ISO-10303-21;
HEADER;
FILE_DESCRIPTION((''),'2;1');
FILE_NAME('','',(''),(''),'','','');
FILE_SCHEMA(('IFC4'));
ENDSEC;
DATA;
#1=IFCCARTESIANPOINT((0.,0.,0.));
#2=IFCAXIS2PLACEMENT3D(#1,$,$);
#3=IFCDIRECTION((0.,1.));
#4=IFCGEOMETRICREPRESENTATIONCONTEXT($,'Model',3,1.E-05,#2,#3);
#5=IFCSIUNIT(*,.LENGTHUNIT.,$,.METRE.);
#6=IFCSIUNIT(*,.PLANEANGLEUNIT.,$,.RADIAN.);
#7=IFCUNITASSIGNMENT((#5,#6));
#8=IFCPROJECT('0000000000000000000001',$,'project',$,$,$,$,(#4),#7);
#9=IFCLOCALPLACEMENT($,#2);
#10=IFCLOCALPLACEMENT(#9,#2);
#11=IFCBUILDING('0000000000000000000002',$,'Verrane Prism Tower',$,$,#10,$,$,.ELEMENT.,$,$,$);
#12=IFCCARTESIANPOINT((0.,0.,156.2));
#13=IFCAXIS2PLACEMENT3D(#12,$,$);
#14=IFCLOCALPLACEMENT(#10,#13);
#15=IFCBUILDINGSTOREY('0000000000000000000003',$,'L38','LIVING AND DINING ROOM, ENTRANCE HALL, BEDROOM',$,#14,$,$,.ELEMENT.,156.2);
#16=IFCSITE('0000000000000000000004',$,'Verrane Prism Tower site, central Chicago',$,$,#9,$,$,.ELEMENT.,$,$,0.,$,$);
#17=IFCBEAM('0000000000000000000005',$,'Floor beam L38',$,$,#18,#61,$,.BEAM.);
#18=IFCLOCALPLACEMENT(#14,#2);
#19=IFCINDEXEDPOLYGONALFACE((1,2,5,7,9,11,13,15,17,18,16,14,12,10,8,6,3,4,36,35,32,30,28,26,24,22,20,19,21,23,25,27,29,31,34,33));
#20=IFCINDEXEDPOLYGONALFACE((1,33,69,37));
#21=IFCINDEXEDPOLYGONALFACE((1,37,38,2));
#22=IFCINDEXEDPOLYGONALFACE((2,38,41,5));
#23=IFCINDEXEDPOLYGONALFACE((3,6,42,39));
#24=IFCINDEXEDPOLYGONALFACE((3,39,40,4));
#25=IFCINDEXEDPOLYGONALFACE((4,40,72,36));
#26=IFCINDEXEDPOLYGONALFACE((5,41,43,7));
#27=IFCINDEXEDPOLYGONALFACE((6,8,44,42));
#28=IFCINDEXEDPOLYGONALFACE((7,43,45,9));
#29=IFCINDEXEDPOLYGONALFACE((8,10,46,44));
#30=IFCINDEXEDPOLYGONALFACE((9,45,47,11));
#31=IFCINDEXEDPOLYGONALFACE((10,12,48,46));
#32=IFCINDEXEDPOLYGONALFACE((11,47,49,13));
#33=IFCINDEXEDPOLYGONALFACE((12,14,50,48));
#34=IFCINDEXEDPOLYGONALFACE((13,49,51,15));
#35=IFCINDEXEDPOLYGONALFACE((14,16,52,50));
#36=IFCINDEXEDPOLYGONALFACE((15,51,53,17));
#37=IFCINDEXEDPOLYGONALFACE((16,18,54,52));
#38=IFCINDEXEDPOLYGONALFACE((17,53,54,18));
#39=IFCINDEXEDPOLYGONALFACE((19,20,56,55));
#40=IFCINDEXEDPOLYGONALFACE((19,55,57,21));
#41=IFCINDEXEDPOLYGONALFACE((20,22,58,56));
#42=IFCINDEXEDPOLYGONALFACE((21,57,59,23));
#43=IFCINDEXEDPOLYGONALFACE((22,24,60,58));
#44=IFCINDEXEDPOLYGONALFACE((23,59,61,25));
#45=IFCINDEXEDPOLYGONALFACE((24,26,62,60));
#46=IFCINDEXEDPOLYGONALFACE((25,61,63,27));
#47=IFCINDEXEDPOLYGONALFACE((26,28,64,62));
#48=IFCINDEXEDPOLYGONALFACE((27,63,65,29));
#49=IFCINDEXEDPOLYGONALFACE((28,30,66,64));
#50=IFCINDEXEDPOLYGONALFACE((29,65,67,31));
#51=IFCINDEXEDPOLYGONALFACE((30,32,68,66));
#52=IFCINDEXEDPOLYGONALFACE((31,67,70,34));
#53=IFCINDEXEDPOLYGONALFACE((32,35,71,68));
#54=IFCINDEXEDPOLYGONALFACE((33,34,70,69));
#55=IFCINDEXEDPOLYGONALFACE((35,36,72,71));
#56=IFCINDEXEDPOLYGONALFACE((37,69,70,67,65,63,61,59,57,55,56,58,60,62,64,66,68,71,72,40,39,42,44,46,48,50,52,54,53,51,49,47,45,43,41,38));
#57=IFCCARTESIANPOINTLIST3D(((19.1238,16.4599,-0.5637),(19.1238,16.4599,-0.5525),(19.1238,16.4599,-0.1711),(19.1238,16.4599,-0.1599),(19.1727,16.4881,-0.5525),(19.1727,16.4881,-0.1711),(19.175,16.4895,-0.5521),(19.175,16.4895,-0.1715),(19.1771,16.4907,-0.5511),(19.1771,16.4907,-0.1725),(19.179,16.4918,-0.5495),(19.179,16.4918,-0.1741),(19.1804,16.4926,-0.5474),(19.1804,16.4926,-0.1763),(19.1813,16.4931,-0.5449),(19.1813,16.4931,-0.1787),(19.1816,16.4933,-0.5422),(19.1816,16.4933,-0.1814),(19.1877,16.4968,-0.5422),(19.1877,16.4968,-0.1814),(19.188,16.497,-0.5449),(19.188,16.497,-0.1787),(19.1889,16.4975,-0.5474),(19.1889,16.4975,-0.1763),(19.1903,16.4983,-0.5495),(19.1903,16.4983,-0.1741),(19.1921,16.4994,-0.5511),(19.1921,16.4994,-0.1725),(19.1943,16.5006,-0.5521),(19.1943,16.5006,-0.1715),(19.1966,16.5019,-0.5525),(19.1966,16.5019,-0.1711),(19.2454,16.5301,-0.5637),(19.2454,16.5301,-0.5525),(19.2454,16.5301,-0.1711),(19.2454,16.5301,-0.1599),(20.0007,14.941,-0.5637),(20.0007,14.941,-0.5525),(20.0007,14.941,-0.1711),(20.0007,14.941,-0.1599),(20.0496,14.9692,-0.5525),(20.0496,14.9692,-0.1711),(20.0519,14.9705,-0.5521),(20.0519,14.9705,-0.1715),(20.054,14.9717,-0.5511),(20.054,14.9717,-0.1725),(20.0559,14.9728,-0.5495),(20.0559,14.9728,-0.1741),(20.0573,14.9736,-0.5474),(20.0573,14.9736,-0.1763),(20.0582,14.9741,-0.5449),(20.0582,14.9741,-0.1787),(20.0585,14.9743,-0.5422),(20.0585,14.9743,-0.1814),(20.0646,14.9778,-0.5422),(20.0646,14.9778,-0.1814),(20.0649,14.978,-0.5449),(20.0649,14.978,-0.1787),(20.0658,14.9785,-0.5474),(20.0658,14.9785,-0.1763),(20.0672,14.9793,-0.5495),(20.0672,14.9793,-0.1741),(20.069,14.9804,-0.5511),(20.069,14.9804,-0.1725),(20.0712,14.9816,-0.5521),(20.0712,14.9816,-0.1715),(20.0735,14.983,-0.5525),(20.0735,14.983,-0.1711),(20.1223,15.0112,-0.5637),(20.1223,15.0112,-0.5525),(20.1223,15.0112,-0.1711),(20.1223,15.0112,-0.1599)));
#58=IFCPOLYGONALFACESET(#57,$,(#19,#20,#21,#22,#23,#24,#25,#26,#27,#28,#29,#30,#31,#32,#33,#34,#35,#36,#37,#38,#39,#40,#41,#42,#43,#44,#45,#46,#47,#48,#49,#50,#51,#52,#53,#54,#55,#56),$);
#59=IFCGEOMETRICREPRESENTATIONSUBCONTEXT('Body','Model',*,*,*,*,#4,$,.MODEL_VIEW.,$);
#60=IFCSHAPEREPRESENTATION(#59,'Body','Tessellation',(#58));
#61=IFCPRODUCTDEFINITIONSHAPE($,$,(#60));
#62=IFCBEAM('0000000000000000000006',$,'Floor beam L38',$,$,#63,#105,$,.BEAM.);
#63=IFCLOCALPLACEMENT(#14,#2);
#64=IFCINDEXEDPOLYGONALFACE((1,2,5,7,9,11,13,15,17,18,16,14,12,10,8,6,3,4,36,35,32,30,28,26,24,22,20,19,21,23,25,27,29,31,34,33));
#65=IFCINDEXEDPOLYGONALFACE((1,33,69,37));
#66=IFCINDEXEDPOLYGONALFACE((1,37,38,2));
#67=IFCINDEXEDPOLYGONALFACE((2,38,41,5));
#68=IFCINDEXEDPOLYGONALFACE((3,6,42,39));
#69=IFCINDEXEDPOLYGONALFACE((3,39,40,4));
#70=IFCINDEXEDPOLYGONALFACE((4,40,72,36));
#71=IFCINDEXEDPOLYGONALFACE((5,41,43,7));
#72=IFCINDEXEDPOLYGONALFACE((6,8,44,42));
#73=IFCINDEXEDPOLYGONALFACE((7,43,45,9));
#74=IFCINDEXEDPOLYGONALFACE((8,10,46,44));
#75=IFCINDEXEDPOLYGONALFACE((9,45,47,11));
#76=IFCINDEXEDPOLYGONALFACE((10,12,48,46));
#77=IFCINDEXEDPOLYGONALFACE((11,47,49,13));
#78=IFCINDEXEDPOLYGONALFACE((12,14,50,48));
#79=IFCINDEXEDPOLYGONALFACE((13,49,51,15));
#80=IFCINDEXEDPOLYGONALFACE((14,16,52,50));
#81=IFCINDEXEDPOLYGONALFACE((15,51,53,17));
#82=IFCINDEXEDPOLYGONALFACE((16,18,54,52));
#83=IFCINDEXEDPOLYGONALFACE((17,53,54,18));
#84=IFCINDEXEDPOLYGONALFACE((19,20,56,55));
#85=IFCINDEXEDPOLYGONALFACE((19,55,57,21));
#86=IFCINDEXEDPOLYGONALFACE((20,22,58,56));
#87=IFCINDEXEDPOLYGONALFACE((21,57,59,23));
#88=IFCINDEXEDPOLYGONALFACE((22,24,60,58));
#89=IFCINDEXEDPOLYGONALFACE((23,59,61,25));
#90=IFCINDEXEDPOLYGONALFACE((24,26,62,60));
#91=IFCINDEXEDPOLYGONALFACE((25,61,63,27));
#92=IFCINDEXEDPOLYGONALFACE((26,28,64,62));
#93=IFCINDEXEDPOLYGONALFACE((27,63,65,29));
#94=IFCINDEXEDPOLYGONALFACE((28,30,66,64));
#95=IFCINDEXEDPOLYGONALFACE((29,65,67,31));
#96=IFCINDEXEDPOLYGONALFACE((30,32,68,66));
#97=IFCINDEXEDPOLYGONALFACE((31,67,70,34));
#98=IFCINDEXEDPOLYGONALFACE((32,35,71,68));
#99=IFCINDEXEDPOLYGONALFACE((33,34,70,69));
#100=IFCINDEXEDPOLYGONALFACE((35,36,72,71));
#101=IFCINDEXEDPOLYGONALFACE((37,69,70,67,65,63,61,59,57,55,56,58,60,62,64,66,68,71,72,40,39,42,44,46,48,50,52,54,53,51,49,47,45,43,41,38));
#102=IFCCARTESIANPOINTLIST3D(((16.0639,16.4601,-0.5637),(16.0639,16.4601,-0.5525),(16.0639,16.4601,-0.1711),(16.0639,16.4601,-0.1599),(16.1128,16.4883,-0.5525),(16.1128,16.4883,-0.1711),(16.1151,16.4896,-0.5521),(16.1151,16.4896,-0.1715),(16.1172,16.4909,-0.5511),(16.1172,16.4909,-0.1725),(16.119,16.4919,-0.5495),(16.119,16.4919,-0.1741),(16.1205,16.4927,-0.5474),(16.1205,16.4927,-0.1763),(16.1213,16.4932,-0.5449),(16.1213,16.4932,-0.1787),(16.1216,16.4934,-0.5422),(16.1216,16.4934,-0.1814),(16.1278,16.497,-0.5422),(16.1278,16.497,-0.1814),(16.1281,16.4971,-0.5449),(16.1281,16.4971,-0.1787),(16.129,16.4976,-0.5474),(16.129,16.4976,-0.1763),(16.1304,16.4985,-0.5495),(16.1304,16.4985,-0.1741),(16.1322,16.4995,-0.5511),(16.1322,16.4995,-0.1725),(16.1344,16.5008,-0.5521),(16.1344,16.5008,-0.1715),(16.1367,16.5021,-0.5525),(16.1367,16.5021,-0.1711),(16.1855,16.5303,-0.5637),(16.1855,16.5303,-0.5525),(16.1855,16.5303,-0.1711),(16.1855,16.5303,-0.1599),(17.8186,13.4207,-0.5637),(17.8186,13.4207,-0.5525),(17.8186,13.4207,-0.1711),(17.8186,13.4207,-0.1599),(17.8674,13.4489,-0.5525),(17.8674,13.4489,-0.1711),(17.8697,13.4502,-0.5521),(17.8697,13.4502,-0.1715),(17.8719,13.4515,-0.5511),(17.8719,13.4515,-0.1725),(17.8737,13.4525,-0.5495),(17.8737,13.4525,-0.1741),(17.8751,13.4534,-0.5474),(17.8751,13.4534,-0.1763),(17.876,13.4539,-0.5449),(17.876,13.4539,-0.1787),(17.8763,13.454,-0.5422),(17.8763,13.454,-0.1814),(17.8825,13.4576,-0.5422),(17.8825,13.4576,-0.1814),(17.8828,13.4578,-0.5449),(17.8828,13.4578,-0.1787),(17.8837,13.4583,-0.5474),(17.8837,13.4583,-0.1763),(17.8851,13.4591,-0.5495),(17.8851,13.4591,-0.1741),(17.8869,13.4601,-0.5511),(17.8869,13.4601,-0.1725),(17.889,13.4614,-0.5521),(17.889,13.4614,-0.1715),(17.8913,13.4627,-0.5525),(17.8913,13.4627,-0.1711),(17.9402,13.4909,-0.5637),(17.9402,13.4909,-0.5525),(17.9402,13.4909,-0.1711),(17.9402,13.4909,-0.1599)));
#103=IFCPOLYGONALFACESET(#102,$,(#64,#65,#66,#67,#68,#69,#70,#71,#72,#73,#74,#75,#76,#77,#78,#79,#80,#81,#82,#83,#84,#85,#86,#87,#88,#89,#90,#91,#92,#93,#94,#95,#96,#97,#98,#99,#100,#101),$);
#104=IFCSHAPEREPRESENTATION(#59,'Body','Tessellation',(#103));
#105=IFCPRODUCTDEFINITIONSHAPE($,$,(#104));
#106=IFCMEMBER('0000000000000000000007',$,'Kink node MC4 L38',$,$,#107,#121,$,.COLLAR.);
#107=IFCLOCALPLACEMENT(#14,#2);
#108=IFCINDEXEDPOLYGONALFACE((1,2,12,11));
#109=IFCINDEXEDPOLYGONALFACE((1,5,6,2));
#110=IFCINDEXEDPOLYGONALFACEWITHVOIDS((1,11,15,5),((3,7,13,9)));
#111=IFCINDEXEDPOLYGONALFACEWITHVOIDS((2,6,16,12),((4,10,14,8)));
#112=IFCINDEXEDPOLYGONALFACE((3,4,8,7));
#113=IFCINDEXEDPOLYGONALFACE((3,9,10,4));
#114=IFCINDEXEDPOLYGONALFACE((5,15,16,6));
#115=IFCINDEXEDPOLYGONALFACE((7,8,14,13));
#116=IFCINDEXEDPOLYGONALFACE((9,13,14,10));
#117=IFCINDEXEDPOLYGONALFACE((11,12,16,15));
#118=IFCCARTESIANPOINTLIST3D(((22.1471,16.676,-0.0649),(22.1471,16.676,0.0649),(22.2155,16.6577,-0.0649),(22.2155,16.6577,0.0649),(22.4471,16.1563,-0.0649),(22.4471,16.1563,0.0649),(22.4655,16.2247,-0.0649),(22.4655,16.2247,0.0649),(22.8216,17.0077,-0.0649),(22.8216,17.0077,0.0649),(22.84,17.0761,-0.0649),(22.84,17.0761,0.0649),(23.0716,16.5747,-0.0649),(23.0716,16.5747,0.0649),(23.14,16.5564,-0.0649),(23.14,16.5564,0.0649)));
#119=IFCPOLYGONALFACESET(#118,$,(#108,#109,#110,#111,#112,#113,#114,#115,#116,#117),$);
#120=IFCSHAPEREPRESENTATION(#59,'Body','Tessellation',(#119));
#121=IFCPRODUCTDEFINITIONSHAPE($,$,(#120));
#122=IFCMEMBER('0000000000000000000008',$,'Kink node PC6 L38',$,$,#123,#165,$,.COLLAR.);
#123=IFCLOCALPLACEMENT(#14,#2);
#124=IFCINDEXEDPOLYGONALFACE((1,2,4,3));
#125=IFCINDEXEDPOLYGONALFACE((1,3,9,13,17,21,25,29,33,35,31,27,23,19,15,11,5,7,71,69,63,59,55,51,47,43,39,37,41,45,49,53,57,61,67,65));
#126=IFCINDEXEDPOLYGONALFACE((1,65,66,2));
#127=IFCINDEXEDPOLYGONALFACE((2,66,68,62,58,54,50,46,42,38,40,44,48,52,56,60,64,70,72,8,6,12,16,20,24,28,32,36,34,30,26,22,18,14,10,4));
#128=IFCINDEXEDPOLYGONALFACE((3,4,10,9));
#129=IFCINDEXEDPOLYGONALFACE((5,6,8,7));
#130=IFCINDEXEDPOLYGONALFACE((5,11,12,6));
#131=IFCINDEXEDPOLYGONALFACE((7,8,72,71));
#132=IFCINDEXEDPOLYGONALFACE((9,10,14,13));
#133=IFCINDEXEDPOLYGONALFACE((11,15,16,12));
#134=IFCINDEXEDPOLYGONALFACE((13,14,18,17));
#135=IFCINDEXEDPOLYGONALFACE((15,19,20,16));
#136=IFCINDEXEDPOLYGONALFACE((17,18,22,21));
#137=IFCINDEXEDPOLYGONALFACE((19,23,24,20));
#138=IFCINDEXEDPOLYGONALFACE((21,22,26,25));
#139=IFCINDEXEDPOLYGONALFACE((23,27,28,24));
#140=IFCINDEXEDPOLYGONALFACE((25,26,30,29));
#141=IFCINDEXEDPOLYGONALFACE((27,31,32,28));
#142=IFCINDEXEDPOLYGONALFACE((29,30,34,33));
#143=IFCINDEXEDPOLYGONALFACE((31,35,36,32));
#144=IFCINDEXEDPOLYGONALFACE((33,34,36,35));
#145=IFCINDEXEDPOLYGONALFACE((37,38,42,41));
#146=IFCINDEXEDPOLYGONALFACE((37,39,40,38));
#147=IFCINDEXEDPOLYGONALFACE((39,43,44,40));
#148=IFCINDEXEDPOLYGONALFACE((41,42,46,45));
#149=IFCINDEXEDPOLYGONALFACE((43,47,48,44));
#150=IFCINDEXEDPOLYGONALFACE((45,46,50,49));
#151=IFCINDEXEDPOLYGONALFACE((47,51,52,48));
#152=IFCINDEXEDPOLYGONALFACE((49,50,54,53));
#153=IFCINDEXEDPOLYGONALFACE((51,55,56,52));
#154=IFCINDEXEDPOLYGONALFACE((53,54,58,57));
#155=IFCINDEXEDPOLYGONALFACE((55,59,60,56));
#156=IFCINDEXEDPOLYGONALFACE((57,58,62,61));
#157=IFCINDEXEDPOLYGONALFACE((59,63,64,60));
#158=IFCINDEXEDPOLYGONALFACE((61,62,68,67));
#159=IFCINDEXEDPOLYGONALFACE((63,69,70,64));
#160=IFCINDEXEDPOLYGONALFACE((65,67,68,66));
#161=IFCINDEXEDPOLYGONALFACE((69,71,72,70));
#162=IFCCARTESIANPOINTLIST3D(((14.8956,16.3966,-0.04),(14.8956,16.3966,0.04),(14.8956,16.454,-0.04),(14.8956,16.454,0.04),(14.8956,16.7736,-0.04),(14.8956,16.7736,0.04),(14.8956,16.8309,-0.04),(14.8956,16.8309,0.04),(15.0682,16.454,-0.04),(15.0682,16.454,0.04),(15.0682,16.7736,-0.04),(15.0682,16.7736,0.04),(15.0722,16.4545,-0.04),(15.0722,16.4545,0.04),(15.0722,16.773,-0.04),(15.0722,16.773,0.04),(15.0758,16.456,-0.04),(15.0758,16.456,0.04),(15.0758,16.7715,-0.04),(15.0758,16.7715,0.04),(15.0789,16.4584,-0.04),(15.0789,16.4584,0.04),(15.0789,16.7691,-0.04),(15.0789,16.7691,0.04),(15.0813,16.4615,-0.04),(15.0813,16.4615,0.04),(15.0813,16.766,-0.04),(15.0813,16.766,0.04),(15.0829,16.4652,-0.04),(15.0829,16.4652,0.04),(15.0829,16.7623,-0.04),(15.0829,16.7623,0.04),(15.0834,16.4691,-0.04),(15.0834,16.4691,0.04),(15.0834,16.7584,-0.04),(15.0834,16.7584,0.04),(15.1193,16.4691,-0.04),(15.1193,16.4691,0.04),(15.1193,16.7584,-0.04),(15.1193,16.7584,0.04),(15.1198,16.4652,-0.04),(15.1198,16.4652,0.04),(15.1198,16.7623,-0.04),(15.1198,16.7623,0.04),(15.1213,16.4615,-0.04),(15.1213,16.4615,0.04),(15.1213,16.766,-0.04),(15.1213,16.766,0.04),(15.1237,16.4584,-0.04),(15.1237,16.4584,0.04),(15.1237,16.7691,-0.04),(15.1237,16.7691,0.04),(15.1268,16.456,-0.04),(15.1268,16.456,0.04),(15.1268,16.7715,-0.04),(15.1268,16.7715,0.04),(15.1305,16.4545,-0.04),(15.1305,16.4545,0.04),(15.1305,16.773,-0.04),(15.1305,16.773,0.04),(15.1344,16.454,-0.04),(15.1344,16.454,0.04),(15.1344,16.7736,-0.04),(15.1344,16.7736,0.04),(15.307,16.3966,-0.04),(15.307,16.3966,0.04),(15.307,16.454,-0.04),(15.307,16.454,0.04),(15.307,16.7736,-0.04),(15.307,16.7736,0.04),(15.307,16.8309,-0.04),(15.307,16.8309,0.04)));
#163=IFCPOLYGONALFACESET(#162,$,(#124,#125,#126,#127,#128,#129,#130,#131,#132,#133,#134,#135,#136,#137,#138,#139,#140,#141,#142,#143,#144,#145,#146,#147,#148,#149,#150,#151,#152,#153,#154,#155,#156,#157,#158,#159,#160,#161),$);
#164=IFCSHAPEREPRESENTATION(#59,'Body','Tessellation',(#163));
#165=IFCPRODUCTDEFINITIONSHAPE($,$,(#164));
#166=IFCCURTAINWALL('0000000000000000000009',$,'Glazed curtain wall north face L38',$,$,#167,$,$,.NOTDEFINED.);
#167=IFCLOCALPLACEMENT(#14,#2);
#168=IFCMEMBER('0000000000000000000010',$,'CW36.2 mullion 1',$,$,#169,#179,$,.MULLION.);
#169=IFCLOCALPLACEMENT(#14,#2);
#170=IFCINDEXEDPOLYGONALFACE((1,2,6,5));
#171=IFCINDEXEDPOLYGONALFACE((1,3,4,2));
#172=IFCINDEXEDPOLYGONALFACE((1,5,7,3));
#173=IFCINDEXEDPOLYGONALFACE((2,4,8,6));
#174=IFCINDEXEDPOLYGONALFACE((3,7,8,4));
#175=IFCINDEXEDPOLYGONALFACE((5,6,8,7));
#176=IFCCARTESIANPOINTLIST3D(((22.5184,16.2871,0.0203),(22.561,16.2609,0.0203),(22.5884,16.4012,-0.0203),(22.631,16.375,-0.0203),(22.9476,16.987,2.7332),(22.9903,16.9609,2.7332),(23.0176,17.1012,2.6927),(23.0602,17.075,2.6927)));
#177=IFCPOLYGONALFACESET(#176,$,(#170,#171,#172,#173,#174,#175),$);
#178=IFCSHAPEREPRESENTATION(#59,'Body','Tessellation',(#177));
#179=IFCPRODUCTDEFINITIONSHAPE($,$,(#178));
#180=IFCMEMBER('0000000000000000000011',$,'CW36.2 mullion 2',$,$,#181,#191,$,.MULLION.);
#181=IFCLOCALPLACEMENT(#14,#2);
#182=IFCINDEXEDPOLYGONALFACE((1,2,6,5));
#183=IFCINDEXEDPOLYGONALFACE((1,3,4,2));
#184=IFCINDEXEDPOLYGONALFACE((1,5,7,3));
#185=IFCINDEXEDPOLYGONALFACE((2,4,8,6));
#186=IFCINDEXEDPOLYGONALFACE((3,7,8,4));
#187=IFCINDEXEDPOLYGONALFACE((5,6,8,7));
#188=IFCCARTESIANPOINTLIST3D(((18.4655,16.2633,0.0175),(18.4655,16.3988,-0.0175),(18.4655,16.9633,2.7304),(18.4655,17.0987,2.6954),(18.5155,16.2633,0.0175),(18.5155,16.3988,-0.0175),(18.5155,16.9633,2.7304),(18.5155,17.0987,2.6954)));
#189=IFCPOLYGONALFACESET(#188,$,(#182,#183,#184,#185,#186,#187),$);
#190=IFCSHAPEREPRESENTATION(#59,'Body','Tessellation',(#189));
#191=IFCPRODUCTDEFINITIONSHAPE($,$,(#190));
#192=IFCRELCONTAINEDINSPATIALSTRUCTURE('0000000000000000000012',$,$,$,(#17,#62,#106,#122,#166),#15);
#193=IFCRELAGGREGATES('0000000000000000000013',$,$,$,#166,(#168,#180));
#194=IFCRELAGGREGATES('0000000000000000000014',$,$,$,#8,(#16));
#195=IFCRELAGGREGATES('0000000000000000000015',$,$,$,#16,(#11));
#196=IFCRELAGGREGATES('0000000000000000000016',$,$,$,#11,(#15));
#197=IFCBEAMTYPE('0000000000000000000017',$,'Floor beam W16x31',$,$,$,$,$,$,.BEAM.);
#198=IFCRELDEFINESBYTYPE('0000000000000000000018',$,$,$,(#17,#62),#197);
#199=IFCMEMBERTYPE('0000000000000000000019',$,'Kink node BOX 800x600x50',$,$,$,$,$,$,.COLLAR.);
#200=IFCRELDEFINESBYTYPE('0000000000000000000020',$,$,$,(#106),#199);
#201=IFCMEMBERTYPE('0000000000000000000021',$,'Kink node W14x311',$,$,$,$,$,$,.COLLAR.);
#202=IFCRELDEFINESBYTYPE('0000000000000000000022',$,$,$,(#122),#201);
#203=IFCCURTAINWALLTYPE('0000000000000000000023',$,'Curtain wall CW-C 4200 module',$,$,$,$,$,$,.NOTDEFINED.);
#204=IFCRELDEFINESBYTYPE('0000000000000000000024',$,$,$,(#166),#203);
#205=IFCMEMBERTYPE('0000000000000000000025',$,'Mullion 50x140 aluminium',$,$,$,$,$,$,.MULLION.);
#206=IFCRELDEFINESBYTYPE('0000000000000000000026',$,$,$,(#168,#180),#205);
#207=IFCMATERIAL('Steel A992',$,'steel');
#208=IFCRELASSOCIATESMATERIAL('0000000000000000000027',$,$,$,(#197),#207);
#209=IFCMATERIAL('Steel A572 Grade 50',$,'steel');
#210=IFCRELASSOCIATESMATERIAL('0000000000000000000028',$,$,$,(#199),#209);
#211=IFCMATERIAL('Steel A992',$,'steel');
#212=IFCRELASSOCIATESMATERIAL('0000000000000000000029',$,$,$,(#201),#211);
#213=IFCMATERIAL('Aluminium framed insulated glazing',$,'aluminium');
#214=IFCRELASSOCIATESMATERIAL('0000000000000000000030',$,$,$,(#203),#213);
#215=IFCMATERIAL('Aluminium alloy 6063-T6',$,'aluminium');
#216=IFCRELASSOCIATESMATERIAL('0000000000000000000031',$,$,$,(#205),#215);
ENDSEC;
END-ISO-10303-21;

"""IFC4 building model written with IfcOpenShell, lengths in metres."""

from ifc_helpers import new_model, si_unit, direction, frame, origin, origin_2d, place, context, subcontext, project, spatial, rectangle, hollow_rectangle, i_section, extrude, material, material_profile, profile_set, type_object, element, aggregate, save


model = new_model("IFC4")

# Units and contexts
model_context = context("Model", 3, precision=1e-05, world=origin(), true_north=direction((0.0, 1.0)))
body_context = subcontext(model_context, "Body", "Model", "MODEL_VIEW")
ifc_project = project(units=[si_unit("LENGTHUNIT", "METRE"), si_unit("PLANEANGLEUNIT", "RADIAN")], contexts=[model_context])

# Site, building, storey
site_placement = place(None, origin())
site = spatial("IfcSite", under=ifc_project, at=site_placement, Name="Verrane Prism Tower site, central Chicago", CompositionType="ELEMENT", RefElevation=0.0)
building_placement = place(site_placement, origin())
building = spatial("IfcBuilding", under=site, at=building_placement, Name="Verrane Prism Tower", CompositionType="ELEMENT")
storey_placement = place(building_placement, frame((0.0, 0.0, 156.2)))
storey = spatial("IfcBuildingStorey", under=building, at=storey_placement, Name="L38", Description="LIVING AND DINING ROOM, ENTRANCE HALL, BEDROOM", CompositionType="ELEMENT", Elevation=156.2)

# Beams
ifc_material_1 = material(Name="Steel A992", Category="steel")
ifc_material_profile_1 = material_profile(ifc_material_1, i_section(OverallWidth=0.1404, OverallDepth=0.4038, WebThickness=0.0071, FlangeThickness=0.0112, FilletRadius=0.0103, at=origin_2d()), Name="W16x31")
ifc_profile_set_1 = profile_set([ifc_material_profile_1], Name="Steel A992")
beam_type_1 = type_object("IfcBeamType", Name="Floor beam W16x31", PredefinedType="BEAM", material=ifc_profile_set_1)
beam_1_placement = place(storey_placement, frame((20.0615, 14.9761, -0.3618), z_axis=(-0.499971, 0.866042, 0.0), x_axis=(-0.866042, -0.499971, 0.0)))
element("IfcBeam", 1, at=beam_1_placement, inside=storey, type_object=beam_type_1, Name="Floor beam L38", PredefinedType="BEAM", context=body_context, shape_type="SweptSolid", body=[
    extrude(i_section(OverallWidth=0.1404, OverallDepth=0.4038, WebThickness=0.0071, FlangeThickness=0.0112, FilletRadius=0.0103, at=origin_2d()), origin(), (0.0, 0.0, 1.0), 1.7539),
])
beam_2_placement = place(storey_placement, frame((17.8794, 13.4558, -0.3618), z_axis=(-0.499977, 0.866038, 0.0), x_axis=(-0.866038, -0.499977, 0.0)))
element("IfcBeam", 2, at=beam_2_placement, inside=storey, type_object=beam_type_1, Name="Floor beam L38", PredefinedType="BEAM", context=body_context, shape_type="SweptSolid", body=[
    extrude(i_section(OverallWidth=0.1404, OverallDepth=0.4038, WebThickness=0.0071, FlangeThickness=0.0112, FilletRadius=0.0103, at=origin_2d()), origin(), (0.0, 0.0, 1.0), 3.5095),
])

# Members
ifc_material_2 = material(Name="Steel A572 Grade 50", Category="steel")
ifc_material_profile_2 = material_profile(ifc_material_2, hollow_rectangle(XDim=0.6001, YDim=0.8, WallThickness=0.05, at=origin_2d()), Name="BOX 800x600x50")
ifc_profile_set_2 = profile_set([ifc_material_profile_2], Name="Steel A572 Grade 50")
member_type_1 = type_object("IfcMemberType", Name="Kink node BOX 800x600x50", PredefinedType="COLLAR", material=ifc_profile_set_2)
member_1_placement = place(storey_placement, frame((22.6436, 16.6162, -0.0649), z_axis=(0.0, 0.0, 1.0), x_axis=(0.5, -0.866025, 0.0)))
element("IfcMember", 3, at=member_1_placement, inside=storey, type_object=member_type_1, Name="Kink node MC4 L38", PredefinedType="COLLAR", context=body_context, shape_type="SweptSolid", body=[
    extrude(hollow_rectangle(XDim=0.6001, YDim=0.8, WallThickness=0.05, at=origin_2d()), origin(), (0.0, 0.0, 1.0), 0.1299),
])
ifc_material_3 = material(Name="Steel A992", Category="steel")
ifc_material_profile_3 = material_profile(ifc_material_3, i_section(OverallWidth=0.4114, OverallDepth=0.4343, WebThickness=0.0359, FlangeThickness=0.0574, FilletRadius=0.0151, at=origin_2d()), Name="W14x311")
ifc_profile_set_3 = profile_set([ifc_material_profile_3], Name="Steel A992")
member_type_2 = type_object("IfcMemberType", Name="Kink node W14x311", PredefinedType="COLLAR", material=ifc_profile_set_3)
member_2_placement = place(storey_placement, frame((15.1013, 16.6138, -0.04), z_axis=(0.0, 0.0, 1.0), x_axis=(1.0, 0.0, 0.0)))
element("IfcMember", 4, at=member_2_placement, inside=storey, type_object=member_type_2, Name="Kink node PC6 L38", PredefinedType="COLLAR", context=body_context, shape_type="SweptSolid", body=[
    extrude(i_section(OverallWidth=0.4114, OverallDepth=0.4343, WebThickness=0.0359, FlangeThickness=0.0574, FilletRadius=0.0151, at=origin_2d()), origin(), (0.0, 0.0, 1.0), 0.0801),
])

# Curtain wall, members
ifc_material_4 = material(Name="Aluminium framed insulated glazing", Category="aluminium")
curtain_wall_type_1 = type_object("IfcCurtainWallType", Name="Curtain wall CW-C 4200 module", PredefinedType="NOTDEFINED", material=ifc_material_4)
curtain_wall_1_placement = place(storey_placement, origin())
curtain_wall_1 = element("IfcCurtainWall", 5, at=curtain_wall_1_placement, inside=storey, type_object=curtain_wall_type_1, Name="Glazed curtain wall north face L38", PredefinedType="NOTDEFINED")
ifc_material_5 = material(Name="Aluminium alloy 6063-T6", Category="aluminium")
ifc_material_profile_4 = material_profile(ifc_material_5, rectangle(XDim=0.1399, YDim=0.05, at=origin_2d()), Name="Mullion 50x140 aluminium")
ifc_profile_set_4 = profile_set([ifc_material_profile_4], Name="Aluminium alloy 6063-T6")
member_type_3 = type_object("IfcMemberType", Name="Mullion 50x140 aluminium", PredefinedType="MULLION", material=ifc_profile_set_4)
member_3_placement = place(storey_placement, frame((22.5747, 16.3311, 0.0), z_axis=(0.151424, 0.246947, 0.957125), x_axis=(0.500324, 0.815944, -0.289676)))
member_3 = element("IfcMember", 6, at=member_3_placement, type_object=member_type_3, Name="CW36.2 mullion 1", PredefinedType="MULLION", context=body_context, shape_type="SweptSolid", body=[
    extrude(rectangle(XDim=0.1399, YDim=0.05, at=origin_2d()), origin(), (0.0, 0.0, 1.0), 2.8345),
])
member_4_placement = place(storey_placement, frame((18.4905, 16.3311, 0.0), z_axis=(0.0, 0.249828, 0.96829), x_axis=(0.0, 0.96829, -0.249828)))
member_4 = element("IfcMember", 7, at=member_4_placement, type_object=member_type_3, Name="CW36.2 mullion 2", PredefinedType="MULLION", context=body_context, shape_type="SweptSolid", body=[
    extrude(rectangle(XDim=0.1399, YDim=0.05, at=origin_2d()), origin(), (0.0, 0.0, 1.0), 2.8018),
])

aggregate(curtain_wall_1, [member_3, member_4])

save(model, "model.ifc")
